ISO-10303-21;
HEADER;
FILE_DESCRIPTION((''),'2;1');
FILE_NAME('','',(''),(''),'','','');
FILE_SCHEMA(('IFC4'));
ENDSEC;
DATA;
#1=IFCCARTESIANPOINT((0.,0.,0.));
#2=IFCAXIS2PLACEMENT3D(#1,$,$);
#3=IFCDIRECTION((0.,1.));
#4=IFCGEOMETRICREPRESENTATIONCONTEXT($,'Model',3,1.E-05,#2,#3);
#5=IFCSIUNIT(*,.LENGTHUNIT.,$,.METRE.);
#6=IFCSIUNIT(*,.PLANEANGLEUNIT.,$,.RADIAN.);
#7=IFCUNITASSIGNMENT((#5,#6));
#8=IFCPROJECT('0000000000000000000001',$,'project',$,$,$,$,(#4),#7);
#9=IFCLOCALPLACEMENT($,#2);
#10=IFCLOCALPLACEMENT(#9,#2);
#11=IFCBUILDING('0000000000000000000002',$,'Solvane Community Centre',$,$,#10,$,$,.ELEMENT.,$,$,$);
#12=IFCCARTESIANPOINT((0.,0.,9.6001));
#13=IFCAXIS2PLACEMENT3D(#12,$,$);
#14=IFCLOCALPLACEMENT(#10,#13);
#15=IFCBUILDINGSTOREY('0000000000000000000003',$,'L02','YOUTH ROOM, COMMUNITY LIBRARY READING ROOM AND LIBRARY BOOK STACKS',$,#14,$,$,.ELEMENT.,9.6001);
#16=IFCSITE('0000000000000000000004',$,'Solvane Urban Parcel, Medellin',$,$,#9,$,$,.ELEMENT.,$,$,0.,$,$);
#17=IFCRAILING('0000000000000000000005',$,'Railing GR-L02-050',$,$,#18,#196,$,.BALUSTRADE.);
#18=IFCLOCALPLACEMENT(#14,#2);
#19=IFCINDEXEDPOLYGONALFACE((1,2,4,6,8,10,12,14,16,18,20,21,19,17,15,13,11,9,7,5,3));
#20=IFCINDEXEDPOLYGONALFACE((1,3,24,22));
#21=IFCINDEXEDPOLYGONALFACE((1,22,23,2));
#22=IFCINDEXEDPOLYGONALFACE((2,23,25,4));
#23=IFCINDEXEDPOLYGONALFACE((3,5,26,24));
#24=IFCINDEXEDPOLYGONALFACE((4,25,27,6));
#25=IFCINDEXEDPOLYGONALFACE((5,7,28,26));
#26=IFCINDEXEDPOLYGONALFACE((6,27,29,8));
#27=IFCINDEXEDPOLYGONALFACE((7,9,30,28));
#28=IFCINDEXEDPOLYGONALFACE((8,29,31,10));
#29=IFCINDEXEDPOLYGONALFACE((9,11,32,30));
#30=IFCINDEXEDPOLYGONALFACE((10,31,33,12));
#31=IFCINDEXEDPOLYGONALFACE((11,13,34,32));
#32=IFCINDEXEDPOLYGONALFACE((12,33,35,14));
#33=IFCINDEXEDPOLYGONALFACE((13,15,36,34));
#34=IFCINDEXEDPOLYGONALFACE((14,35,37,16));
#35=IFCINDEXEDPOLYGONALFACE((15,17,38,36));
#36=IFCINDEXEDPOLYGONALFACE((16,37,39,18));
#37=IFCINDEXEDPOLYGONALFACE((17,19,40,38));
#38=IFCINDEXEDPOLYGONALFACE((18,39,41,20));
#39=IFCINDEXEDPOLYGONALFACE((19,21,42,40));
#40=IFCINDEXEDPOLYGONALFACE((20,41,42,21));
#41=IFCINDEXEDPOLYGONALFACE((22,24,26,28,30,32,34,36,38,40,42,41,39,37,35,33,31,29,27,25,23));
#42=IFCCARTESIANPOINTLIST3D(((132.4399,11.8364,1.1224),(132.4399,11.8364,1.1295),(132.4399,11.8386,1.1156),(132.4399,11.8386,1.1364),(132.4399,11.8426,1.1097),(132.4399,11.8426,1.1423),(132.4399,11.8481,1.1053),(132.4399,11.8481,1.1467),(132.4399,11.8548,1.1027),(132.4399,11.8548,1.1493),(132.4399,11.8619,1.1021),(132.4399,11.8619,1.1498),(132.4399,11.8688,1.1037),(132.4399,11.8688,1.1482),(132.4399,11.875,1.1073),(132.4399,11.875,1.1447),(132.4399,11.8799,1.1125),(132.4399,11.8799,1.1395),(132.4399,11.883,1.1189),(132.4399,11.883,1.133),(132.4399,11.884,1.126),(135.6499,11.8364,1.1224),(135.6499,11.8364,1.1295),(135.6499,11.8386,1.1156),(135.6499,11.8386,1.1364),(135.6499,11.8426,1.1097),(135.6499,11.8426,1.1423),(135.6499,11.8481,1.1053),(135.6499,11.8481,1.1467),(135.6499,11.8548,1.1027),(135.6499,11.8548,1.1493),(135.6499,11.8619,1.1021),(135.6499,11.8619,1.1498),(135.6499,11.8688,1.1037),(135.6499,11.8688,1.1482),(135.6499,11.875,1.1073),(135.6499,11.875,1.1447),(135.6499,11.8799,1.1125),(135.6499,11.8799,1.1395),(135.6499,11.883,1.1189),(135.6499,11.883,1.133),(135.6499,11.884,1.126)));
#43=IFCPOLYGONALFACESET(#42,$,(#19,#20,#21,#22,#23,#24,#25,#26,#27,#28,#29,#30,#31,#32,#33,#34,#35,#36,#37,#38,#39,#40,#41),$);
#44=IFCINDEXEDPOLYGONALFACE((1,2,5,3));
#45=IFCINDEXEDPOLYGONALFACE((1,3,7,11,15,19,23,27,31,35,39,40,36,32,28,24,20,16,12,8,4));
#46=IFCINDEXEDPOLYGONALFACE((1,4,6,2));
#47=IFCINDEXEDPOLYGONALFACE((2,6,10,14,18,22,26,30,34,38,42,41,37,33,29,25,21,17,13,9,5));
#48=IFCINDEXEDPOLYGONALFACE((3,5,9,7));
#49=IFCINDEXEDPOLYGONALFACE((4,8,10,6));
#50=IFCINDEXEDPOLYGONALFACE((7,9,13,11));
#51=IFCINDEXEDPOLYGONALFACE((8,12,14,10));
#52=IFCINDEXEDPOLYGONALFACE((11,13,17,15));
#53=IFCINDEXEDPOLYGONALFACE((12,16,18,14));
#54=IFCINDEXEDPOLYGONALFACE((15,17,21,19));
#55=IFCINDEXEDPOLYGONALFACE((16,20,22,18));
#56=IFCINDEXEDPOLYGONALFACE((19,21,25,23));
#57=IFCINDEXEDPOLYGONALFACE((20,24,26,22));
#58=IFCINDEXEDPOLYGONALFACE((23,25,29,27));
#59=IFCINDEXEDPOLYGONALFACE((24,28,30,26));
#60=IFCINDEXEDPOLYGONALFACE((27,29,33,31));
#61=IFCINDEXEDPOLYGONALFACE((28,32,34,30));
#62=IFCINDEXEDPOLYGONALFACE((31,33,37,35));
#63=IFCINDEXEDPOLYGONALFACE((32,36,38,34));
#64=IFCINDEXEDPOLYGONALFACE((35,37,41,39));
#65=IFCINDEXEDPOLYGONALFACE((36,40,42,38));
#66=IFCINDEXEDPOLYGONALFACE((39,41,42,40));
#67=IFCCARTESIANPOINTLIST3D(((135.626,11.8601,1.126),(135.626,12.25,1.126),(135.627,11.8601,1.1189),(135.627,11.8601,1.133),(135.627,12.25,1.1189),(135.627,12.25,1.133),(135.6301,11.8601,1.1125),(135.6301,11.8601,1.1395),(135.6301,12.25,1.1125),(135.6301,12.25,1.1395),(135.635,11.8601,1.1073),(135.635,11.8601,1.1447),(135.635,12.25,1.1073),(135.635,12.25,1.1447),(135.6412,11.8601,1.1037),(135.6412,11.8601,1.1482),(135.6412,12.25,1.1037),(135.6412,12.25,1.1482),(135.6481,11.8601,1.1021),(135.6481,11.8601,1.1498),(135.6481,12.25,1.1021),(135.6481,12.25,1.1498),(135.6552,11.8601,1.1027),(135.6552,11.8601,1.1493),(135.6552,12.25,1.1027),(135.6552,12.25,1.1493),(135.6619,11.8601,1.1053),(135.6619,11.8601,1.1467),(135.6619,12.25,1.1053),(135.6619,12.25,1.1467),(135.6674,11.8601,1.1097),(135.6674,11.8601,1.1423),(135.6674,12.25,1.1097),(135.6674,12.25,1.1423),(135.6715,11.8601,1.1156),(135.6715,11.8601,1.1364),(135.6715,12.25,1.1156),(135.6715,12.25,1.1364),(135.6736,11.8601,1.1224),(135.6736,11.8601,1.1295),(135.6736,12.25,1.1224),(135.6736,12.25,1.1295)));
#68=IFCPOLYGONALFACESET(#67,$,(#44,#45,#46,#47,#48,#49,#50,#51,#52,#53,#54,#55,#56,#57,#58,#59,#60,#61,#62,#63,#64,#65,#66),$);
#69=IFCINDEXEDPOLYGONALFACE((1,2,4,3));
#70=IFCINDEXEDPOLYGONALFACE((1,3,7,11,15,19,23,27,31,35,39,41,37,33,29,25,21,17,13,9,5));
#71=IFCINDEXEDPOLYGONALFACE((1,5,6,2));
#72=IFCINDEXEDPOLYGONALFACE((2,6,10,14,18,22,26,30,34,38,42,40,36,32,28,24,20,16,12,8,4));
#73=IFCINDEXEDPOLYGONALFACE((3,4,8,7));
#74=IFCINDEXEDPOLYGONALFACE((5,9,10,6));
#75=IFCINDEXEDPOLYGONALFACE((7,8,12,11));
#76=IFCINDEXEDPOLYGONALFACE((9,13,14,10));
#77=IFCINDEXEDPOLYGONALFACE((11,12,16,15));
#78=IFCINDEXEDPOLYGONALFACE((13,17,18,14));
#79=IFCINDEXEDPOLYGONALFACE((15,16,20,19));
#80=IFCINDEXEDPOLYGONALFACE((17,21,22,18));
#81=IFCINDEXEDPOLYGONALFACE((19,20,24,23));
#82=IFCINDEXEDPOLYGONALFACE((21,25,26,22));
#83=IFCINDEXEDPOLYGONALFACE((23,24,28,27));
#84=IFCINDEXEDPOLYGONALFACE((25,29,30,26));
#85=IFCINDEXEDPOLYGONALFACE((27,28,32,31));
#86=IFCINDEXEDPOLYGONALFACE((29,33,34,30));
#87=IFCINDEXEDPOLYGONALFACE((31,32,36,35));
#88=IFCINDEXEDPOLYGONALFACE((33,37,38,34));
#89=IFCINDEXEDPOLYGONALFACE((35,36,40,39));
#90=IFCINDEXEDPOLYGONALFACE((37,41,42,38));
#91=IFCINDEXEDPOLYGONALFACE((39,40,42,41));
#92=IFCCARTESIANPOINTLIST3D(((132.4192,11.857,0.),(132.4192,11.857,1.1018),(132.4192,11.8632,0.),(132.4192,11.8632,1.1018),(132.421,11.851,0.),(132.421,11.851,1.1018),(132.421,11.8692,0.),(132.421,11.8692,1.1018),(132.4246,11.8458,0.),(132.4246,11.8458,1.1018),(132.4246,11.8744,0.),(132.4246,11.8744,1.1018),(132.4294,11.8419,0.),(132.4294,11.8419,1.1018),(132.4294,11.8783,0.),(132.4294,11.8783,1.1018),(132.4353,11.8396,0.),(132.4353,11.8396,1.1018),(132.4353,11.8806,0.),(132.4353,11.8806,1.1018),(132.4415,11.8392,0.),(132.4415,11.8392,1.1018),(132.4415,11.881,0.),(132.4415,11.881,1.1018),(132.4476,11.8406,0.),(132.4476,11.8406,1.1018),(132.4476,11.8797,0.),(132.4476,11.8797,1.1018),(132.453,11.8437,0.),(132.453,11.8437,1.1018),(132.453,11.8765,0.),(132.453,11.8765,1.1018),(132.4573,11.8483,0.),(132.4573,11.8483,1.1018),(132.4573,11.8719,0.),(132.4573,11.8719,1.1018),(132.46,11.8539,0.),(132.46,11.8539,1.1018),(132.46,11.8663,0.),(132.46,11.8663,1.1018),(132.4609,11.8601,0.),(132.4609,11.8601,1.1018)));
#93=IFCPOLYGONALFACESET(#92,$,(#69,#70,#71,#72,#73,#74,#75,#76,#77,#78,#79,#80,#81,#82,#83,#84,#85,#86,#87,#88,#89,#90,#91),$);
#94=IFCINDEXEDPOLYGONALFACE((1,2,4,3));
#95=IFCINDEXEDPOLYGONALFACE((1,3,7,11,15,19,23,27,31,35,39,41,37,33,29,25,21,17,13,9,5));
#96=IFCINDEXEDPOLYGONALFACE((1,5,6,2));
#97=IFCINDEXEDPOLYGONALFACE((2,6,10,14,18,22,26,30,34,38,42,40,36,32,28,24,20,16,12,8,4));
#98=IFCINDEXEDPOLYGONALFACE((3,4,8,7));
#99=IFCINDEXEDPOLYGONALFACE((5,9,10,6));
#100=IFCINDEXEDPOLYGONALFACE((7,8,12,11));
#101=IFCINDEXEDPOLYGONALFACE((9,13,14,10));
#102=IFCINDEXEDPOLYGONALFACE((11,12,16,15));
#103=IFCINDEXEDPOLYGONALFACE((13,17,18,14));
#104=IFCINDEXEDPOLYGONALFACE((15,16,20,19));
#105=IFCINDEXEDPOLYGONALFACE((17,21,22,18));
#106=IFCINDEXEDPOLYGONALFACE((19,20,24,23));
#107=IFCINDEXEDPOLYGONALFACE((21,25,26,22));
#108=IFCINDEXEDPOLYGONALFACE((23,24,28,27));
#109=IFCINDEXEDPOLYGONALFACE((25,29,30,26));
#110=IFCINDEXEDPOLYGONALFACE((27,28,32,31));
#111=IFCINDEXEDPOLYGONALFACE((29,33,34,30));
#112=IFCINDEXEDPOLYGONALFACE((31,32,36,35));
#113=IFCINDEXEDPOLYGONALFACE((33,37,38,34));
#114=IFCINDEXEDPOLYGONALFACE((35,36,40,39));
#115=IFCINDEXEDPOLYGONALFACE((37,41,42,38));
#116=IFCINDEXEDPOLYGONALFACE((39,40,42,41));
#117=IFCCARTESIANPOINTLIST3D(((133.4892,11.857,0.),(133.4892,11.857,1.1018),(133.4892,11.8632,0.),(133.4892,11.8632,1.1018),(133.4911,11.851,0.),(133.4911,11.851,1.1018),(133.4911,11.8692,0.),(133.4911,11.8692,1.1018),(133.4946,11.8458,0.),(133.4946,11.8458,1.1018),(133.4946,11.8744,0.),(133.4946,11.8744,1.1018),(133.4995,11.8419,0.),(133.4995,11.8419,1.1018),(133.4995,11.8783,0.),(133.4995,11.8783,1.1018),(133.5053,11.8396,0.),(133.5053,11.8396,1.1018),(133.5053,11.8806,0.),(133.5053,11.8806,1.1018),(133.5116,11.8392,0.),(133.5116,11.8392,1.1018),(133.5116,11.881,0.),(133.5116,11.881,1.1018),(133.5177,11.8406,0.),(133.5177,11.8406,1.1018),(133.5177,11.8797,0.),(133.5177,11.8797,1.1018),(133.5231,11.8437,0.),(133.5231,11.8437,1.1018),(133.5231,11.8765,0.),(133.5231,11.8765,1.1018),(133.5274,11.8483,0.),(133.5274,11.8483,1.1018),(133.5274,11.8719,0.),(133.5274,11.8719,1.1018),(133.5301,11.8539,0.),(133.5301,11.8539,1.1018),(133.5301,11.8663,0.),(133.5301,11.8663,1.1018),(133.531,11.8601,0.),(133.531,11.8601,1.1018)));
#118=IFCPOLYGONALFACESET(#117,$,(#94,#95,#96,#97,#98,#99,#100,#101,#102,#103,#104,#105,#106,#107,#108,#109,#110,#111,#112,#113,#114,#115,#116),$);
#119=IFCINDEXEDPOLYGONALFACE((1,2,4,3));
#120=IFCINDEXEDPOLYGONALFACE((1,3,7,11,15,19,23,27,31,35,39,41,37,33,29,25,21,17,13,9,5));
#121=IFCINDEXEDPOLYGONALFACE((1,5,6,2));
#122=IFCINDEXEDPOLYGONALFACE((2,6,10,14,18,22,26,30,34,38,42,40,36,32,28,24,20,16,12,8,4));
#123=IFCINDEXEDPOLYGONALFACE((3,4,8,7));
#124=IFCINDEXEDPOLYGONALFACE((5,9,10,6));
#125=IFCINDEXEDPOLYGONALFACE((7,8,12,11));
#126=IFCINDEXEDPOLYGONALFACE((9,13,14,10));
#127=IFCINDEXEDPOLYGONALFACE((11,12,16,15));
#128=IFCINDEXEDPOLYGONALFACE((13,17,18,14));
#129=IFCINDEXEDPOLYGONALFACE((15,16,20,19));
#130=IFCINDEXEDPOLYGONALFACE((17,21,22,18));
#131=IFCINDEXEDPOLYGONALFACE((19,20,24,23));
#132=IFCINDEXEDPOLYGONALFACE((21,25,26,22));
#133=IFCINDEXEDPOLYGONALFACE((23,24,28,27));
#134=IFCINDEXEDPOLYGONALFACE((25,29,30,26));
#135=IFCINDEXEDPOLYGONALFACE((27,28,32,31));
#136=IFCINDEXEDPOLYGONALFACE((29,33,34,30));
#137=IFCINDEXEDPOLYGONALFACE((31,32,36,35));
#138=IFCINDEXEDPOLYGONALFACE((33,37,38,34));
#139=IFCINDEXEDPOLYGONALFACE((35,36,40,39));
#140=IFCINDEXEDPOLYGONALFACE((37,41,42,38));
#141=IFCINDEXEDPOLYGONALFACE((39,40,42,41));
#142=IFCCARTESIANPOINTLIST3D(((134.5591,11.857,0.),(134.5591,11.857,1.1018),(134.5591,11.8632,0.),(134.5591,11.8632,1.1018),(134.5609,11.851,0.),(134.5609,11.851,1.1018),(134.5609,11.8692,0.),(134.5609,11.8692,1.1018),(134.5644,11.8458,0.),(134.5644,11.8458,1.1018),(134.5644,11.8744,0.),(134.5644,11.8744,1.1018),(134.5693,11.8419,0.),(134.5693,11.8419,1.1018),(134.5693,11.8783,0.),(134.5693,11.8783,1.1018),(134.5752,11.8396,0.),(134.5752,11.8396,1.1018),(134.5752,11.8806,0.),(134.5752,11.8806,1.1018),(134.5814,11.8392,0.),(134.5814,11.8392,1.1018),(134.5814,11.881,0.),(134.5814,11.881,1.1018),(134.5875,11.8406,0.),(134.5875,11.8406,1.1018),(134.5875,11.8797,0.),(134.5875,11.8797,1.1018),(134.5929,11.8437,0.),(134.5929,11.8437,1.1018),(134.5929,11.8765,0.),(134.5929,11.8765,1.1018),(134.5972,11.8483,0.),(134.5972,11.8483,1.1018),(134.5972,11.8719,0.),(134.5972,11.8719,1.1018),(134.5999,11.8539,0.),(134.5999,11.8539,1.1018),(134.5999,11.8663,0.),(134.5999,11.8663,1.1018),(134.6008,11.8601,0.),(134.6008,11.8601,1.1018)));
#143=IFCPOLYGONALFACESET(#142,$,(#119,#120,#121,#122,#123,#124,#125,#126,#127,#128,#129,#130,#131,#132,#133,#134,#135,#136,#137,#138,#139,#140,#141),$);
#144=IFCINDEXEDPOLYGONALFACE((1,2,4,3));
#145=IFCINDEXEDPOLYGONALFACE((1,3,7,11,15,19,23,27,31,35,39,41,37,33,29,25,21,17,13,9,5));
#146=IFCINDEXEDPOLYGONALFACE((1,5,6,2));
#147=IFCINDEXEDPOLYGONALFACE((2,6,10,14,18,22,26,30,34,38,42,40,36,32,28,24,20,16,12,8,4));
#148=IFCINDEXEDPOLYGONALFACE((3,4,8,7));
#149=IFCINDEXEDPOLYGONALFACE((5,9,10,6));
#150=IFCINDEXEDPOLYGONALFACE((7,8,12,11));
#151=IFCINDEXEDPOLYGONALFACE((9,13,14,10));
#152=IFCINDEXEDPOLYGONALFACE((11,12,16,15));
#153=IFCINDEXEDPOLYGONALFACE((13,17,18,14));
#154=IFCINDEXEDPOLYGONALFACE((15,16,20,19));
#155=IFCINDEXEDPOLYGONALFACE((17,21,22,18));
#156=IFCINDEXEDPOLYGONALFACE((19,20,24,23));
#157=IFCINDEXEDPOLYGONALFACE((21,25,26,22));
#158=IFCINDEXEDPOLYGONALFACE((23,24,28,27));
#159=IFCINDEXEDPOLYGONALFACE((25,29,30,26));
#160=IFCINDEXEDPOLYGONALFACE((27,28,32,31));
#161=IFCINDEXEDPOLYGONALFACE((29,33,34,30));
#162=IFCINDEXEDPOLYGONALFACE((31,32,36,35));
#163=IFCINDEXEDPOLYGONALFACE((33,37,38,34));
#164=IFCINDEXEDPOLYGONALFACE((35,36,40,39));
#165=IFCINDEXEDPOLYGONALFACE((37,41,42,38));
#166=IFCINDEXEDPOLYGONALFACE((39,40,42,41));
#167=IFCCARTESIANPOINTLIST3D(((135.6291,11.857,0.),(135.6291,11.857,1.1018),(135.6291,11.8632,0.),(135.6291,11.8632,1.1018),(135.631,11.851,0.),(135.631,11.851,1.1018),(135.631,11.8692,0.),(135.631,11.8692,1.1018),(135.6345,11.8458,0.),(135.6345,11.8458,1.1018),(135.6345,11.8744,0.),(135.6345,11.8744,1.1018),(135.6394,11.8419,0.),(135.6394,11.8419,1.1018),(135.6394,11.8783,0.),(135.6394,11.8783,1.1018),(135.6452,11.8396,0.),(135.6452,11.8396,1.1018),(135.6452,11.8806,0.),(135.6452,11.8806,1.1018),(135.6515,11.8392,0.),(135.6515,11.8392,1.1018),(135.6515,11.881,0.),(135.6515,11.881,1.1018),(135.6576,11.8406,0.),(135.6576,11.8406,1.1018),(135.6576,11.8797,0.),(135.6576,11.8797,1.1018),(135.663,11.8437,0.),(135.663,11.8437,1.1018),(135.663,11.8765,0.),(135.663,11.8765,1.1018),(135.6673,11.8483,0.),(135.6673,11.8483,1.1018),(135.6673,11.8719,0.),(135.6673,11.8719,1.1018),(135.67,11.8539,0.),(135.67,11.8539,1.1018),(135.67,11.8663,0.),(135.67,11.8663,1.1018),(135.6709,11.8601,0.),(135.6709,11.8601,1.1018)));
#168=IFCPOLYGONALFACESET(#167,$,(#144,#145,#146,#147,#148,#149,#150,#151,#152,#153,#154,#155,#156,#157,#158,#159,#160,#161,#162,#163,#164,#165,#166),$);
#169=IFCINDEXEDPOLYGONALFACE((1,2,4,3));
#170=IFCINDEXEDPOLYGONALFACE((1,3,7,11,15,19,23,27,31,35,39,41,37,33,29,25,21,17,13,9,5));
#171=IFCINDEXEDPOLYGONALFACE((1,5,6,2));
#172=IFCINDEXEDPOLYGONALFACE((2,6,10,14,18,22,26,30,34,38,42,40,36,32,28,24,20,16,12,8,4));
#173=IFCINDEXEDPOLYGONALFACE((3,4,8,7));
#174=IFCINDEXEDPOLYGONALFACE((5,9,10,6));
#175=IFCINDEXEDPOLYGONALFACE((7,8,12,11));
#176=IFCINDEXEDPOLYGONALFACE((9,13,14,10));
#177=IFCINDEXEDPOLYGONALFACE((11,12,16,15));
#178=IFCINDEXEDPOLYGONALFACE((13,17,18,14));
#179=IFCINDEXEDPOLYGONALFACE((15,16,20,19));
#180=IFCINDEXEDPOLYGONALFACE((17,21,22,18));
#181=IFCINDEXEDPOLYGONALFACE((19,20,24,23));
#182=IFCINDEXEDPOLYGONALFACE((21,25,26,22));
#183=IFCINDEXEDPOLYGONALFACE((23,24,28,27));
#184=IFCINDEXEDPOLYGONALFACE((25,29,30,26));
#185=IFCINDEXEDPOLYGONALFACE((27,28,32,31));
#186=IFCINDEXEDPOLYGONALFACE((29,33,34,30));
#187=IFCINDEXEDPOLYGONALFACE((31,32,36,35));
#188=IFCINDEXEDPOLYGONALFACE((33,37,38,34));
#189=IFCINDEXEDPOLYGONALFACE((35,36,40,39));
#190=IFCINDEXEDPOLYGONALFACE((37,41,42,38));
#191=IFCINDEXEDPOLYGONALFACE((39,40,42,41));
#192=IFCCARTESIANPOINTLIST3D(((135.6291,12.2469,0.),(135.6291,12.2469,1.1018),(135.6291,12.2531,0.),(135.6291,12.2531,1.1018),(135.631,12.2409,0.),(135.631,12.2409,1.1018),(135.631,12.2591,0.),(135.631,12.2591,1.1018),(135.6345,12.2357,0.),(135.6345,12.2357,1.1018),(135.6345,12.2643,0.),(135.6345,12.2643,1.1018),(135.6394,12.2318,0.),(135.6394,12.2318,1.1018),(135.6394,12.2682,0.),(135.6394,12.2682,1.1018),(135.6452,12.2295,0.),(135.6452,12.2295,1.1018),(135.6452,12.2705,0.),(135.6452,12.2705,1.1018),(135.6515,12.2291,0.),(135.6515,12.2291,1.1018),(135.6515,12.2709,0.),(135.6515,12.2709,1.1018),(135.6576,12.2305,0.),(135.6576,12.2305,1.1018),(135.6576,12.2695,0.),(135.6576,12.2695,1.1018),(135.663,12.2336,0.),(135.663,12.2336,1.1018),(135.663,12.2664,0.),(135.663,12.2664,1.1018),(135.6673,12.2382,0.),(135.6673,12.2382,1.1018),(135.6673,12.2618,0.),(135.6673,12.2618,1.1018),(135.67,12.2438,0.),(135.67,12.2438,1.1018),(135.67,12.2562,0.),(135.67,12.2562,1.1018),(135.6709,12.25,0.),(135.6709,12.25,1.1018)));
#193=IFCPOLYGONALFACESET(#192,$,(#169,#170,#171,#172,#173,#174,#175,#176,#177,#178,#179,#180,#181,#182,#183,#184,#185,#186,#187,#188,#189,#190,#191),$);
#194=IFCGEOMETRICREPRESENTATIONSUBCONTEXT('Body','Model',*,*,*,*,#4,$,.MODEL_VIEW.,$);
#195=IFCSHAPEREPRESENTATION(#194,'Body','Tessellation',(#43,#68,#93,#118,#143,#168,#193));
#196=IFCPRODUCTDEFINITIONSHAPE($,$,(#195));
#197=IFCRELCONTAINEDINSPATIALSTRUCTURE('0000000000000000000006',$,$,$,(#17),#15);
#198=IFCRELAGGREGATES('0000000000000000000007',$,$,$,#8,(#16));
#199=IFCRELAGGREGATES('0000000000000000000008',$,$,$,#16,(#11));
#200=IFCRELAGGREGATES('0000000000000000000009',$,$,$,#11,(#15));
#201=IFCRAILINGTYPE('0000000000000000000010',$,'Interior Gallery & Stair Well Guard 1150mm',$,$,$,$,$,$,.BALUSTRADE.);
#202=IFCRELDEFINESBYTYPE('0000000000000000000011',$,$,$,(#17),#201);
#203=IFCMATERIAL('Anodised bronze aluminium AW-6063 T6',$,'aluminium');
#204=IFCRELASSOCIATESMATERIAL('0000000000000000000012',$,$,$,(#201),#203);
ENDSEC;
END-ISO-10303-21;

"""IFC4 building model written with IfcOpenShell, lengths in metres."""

from ifc_helpers import new_model, si_unit, direction, frame, origin, origin_2d, place, context, subcontext, project, spatial, circle, extrude, material, type_object, element, save


model = new_model("IFC4")

# Units and contexts
model_context = context("Model", 3, precision=1e-05, world=origin(), true_north=direction((0.0, 1.0)))
body_context = subcontext(model_context, "Body", "Model", "MODEL_VIEW")
ifc_project = project(units=[si_unit("LENGTHUNIT", "METRE"), si_unit("PLANEANGLEUNIT", "RADIAN")], contexts=[model_context])

# Site, building, storey
site_placement = place(None, origin())
site = spatial("IfcSite", under=ifc_project, at=site_placement, Name="Solvane Urban Parcel, Medellin", CompositionType="ELEMENT", RefElevation=0.0)
building_placement = place(site_placement, origin())
building = spatial("IfcBuilding", under=site, at=building_placement, Name="Solvane Community Centre", CompositionType="ELEMENT")
storey_placement = place(building_placement, frame((0.0, 0.0, 9.6001)))
storey = spatial("IfcBuildingStorey", under=building, at=storey_placement, Name="L02", Description="YOUTH ROOM, COMMUNITY LIBRARY READING ROOM AND LIBRARY BOOK STACKS", CompositionType="ELEMENT", Elevation=9.6001)

# Shared definitions
ifc_material_1 = material(Name="Anodised bronze aluminium AW-6063 T6", Category="aluminium")

# Railing
railing_type_1 = type_object("IfcRailingType", Name="Interior Gallery & Stair Well Guard 1150mm", PredefinedType="BALUSTRADE", material=ifc_material_1)
railing_1_placement = place(storey_placement, frame((132.4399, 11.8601, 0.0)))
element("IfcRailing", 1, at=railing_1_placement, inside=storey, type_object=railing_type_1, Name="Railing GR-L02-050", PredefinedType="BALUSTRADE", context=body_context, shape_type="SweptSolid", body=[
    extrude(circle(Radius=0.0239, at=origin_2d()), frame((0.0, 0.0, 1.126), z_axis=(1.0, 0.0, 0.0), x_axis=(0.0, 1.0, 0.0)), (0.0, 0.0, 1.0), 3.21),
    extrude(circle(Radius=0.0239, at=origin_2d()), frame((3.21, 0.0, 1.126), z_axis=(0.0, 1.0, 0.0), x_axis=(-1.0, 0.0, 0.0)), (0.0, 0.0, 1.0), 0.3899),
    extrude(circle(Radius=0.021, at=origin_2d()), origin(), (0.0, 0.0, 1.0), 1.1018),
    extrude(circle(Radius=0.021, at=origin_2d()), frame((1.0701, 0.0, 0.0)), (0.0, 0.0, 1.0), 1.1018),
    extrude(circle(Radius=0.021, at=origin_2d()), frame((2.1399, 0.0, 0.0)), (0.0, 0.0, 1.0), 1.1018),
    extrude(circle(Radius=0.021, at=origin_2d()), frame((3.21, 0.0, 0.0)), (0.0, 0.0, 1.0), 1.1018),
    extrude(circle(Radius=0.021, at=origin_2d()), frame((3.21, 0.3899, 0.0)), (0.0, 0.0, 1.0), 1.1018),
])

save(model, "model.ifc")
